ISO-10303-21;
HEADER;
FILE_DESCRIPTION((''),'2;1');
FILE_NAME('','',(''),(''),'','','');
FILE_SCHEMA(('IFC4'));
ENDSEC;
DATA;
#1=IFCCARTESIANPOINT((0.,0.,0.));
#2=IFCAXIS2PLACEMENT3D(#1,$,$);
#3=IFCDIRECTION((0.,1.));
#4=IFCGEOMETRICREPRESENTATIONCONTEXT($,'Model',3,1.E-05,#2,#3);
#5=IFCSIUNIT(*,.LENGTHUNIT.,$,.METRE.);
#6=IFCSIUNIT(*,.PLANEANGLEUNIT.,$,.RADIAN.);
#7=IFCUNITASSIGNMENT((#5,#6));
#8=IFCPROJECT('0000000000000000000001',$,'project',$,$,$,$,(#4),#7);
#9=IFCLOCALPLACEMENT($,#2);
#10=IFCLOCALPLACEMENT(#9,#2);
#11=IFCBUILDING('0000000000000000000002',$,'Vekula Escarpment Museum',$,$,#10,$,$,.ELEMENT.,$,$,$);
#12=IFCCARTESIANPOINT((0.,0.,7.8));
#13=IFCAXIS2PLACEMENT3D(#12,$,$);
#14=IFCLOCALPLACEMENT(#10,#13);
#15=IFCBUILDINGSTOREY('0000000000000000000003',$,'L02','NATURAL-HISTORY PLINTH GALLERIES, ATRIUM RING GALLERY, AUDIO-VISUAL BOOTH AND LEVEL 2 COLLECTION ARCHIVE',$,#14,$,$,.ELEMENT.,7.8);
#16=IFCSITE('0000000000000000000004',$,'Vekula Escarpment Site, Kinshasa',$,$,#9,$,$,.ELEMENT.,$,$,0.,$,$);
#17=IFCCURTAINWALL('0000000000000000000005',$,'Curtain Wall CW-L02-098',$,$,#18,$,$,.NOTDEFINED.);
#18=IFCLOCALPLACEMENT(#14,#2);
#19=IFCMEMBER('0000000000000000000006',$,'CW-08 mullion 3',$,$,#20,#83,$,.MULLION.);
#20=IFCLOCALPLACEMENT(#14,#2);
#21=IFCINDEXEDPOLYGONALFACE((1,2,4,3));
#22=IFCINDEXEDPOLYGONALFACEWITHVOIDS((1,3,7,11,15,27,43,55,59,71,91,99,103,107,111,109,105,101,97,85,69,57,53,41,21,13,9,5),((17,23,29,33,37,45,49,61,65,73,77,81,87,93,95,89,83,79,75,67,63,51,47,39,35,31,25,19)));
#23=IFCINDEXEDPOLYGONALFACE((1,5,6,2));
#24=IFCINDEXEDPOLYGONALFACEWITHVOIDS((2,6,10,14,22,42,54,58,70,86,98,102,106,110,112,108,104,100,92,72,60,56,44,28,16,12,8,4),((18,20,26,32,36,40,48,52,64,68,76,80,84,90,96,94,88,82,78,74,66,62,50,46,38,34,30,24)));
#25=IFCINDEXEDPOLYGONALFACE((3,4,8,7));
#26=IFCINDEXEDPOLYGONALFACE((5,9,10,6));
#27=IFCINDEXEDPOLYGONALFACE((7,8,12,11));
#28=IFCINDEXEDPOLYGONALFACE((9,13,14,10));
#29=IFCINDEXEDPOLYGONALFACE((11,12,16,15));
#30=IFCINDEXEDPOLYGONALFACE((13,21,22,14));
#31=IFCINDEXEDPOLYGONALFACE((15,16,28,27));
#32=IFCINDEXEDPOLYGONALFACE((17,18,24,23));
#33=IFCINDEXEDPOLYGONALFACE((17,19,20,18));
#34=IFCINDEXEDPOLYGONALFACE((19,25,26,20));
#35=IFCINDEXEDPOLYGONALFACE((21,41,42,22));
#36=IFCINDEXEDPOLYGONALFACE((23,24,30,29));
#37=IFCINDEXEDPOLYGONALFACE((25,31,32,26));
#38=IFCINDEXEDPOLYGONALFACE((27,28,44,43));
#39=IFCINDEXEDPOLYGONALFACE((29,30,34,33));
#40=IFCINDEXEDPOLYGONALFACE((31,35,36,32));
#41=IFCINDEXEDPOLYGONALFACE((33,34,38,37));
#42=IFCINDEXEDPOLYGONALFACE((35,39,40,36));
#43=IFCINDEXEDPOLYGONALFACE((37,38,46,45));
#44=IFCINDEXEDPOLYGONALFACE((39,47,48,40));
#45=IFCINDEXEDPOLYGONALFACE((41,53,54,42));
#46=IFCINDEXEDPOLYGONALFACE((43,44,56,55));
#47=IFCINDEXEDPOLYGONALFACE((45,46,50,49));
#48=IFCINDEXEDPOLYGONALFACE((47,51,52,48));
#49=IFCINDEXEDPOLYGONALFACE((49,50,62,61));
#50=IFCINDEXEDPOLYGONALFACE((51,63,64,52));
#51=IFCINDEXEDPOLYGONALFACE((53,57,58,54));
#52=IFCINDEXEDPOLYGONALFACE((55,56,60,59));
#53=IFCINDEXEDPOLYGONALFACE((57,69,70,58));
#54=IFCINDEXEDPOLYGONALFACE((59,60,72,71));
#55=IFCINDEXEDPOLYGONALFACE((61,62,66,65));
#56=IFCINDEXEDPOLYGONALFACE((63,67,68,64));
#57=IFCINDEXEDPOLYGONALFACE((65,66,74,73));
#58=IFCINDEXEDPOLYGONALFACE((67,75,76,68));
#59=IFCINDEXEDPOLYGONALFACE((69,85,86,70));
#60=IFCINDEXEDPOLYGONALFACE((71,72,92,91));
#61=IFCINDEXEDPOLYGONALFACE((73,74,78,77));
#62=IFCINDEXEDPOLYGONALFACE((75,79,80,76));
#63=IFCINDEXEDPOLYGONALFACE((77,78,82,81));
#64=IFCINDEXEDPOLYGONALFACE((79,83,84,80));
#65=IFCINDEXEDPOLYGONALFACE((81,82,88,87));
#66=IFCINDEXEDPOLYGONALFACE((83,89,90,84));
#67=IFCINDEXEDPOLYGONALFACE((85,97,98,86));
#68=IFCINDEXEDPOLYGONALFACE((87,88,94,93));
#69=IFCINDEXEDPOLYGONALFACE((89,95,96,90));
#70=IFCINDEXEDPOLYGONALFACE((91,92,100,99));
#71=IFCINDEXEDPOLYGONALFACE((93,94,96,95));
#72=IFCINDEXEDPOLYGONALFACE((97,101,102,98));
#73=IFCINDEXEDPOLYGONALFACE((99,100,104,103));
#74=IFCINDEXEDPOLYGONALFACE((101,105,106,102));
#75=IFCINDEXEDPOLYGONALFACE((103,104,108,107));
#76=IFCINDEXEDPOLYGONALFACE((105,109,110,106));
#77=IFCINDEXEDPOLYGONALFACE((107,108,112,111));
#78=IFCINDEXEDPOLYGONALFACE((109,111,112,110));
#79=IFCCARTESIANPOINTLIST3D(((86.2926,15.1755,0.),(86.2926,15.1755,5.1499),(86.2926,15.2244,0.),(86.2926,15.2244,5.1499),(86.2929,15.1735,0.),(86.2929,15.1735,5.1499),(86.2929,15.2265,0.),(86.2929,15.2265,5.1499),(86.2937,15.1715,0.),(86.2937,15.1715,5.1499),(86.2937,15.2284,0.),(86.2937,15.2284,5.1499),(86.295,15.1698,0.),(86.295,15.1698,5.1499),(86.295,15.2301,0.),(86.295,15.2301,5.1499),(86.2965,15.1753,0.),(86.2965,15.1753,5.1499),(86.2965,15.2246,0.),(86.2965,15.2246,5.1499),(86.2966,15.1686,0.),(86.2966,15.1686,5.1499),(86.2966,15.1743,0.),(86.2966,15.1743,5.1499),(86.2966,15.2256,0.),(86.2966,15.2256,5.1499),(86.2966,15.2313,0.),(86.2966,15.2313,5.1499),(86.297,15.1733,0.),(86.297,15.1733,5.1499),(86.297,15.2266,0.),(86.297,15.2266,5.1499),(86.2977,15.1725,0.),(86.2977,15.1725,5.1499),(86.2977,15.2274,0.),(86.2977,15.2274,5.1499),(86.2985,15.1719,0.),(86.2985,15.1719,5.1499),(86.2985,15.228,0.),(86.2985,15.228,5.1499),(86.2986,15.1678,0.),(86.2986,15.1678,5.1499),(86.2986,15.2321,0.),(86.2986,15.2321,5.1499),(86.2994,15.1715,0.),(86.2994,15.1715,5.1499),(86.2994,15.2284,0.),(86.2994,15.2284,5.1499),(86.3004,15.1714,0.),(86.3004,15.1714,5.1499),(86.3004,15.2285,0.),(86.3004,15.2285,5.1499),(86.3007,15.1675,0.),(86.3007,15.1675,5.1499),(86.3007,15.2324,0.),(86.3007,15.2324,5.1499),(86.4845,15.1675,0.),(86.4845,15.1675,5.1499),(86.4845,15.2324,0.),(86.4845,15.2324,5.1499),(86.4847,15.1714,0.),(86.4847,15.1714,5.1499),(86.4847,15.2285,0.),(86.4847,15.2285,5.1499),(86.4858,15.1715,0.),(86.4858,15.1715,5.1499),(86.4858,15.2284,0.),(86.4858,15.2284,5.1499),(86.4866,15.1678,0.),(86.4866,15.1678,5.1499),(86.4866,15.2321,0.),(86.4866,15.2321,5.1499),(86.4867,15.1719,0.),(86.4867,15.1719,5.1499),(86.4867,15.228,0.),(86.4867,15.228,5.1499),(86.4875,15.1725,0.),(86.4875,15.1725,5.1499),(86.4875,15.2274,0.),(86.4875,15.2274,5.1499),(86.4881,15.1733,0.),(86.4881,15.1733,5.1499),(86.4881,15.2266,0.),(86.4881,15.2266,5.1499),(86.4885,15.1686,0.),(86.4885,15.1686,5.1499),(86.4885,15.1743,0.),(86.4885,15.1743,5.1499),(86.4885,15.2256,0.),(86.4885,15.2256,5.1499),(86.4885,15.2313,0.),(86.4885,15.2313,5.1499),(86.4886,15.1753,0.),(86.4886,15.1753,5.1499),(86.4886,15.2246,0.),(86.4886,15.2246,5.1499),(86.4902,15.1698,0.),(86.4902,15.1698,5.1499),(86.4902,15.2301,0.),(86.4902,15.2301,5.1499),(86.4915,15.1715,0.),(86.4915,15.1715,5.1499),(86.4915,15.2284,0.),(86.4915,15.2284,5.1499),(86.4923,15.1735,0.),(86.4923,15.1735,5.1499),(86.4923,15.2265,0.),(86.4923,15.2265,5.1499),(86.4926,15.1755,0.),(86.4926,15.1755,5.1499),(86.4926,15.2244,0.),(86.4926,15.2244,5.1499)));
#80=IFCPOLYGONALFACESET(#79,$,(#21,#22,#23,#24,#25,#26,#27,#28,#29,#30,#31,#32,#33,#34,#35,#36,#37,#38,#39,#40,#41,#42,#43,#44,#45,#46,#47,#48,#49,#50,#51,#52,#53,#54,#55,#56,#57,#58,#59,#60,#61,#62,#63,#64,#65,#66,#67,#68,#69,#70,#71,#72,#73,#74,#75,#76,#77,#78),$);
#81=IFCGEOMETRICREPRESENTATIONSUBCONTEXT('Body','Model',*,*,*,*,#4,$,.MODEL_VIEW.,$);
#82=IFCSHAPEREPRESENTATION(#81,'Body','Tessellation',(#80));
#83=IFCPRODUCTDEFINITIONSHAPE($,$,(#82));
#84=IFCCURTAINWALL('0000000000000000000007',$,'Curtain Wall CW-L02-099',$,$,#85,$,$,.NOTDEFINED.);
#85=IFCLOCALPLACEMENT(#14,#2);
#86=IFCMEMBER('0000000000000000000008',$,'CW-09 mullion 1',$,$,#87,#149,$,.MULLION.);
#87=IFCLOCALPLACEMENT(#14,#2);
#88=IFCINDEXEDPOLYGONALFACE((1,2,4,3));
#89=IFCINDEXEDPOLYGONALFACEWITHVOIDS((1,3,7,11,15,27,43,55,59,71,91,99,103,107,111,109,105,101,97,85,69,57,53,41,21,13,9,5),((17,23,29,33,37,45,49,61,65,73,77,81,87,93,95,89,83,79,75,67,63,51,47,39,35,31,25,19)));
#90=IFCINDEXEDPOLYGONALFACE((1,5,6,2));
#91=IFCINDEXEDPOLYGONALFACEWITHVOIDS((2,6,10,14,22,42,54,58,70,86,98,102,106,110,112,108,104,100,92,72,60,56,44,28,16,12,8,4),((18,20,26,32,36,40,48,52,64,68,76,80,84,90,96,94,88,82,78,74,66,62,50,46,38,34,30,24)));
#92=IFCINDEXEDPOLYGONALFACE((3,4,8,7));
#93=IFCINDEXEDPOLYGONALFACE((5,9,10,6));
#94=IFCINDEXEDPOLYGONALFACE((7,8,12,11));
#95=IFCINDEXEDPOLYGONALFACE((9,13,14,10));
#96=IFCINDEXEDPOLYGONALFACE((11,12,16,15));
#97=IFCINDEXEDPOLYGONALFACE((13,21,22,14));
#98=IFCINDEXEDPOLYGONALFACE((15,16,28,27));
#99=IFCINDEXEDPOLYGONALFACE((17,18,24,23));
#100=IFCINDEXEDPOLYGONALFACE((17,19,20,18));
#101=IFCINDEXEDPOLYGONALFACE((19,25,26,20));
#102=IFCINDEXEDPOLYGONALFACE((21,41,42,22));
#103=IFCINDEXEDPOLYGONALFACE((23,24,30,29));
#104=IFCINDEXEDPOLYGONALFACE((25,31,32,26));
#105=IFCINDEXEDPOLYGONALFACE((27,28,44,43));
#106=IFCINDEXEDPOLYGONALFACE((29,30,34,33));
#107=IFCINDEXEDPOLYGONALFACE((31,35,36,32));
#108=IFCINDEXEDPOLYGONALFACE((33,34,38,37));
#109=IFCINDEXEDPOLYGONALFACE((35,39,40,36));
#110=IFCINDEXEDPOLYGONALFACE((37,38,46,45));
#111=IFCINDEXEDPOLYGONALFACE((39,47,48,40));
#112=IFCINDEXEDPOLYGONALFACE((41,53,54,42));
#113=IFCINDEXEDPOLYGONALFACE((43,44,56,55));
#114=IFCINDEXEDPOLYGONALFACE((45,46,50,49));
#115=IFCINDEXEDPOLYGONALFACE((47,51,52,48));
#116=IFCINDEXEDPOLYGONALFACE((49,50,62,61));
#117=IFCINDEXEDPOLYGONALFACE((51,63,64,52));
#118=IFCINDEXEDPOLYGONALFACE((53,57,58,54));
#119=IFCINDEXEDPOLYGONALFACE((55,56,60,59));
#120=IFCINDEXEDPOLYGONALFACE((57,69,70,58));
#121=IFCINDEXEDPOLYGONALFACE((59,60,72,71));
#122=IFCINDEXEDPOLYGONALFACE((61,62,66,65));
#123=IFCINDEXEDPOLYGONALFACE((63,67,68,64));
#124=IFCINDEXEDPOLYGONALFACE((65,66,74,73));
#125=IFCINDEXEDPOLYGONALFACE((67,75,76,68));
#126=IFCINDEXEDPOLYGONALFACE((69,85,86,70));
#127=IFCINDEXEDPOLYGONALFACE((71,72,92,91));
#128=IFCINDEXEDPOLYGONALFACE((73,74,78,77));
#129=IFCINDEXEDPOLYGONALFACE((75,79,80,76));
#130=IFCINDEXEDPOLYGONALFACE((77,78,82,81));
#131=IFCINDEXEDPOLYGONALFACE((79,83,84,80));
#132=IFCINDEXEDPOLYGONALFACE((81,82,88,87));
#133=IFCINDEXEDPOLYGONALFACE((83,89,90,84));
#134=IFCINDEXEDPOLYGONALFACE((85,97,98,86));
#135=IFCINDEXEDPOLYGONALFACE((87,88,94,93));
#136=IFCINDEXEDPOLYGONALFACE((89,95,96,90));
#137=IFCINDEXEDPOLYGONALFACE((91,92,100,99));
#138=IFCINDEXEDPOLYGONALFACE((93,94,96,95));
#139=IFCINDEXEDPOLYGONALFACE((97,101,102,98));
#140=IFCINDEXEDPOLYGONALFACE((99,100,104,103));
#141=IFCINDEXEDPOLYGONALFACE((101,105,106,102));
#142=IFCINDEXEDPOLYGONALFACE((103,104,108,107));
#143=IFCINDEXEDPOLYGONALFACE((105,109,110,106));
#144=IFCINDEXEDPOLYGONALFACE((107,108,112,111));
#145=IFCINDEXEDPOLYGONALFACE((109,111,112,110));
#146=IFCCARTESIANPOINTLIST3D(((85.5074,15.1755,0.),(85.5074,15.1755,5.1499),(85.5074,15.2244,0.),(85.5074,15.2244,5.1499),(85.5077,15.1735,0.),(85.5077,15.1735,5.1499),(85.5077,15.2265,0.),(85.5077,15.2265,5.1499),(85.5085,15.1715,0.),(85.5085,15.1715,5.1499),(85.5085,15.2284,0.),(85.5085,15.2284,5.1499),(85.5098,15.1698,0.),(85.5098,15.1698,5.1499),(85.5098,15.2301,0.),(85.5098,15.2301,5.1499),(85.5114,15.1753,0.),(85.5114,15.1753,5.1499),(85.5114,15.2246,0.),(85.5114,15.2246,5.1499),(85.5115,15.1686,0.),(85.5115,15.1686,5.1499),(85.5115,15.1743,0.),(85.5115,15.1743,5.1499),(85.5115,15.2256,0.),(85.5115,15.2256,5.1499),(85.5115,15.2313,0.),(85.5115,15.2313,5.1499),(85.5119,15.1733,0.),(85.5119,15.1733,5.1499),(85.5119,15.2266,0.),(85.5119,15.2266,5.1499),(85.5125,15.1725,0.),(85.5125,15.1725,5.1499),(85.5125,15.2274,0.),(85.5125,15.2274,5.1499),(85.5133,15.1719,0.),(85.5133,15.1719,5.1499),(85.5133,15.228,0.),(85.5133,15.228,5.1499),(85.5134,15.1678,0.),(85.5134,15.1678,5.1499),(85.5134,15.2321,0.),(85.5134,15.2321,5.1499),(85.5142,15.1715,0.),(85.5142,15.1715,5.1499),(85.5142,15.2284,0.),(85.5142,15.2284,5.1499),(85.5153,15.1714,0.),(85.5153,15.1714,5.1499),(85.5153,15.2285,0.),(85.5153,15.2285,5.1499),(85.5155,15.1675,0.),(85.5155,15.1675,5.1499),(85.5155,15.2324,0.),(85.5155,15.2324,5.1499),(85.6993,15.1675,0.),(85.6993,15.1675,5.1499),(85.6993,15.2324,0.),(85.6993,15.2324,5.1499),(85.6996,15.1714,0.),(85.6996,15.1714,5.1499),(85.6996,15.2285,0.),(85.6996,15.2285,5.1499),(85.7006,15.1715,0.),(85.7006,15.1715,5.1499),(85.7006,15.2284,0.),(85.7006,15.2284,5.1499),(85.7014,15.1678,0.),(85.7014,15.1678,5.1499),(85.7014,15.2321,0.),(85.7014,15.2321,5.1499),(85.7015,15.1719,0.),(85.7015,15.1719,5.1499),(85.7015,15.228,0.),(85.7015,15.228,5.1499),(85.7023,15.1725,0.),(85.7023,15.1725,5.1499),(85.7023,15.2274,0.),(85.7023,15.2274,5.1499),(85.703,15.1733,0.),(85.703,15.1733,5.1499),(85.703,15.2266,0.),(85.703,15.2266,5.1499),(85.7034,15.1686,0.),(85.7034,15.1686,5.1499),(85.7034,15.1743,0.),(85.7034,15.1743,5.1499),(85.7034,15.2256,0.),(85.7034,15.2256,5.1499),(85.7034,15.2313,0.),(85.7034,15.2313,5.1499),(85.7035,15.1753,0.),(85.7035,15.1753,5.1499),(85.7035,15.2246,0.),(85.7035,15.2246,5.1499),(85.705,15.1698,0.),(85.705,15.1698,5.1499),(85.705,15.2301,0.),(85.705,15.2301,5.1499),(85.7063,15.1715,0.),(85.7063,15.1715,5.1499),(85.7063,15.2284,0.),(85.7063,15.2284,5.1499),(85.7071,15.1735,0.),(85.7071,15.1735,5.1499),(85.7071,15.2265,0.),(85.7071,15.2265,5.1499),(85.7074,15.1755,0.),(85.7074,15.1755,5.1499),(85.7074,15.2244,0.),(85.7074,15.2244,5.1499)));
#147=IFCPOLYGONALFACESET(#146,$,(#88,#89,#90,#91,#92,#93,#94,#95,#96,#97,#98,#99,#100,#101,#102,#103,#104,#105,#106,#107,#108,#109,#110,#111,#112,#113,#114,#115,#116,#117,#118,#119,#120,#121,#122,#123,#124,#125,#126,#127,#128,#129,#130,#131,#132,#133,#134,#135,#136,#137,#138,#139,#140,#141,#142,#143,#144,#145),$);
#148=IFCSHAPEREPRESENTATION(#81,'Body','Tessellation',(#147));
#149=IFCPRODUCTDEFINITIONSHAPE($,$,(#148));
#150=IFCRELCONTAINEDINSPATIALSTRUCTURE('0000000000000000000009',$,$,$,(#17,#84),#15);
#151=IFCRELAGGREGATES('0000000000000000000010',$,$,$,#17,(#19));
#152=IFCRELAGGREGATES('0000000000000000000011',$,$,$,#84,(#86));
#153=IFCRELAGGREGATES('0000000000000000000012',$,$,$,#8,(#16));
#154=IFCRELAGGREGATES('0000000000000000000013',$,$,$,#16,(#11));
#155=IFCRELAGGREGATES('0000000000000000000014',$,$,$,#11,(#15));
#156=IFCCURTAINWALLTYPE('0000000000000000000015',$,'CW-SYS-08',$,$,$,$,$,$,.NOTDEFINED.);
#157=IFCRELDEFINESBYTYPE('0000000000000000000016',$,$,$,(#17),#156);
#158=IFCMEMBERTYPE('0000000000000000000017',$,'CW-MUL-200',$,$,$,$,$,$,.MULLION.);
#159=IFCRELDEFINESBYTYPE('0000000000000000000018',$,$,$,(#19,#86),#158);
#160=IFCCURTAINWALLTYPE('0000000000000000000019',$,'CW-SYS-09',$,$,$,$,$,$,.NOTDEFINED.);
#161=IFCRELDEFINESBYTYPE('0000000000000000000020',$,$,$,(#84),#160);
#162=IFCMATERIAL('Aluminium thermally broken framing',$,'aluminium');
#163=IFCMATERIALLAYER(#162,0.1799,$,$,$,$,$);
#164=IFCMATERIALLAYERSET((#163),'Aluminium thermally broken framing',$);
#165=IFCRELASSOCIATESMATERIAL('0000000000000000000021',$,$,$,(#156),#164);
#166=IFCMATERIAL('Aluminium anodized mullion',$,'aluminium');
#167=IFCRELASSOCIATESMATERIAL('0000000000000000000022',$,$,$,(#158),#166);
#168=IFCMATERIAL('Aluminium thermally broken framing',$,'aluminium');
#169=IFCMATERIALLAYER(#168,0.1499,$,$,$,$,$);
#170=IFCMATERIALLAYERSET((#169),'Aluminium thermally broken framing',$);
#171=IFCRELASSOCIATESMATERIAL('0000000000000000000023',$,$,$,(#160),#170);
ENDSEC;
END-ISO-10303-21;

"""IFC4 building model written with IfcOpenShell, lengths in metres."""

from ifc_helpers import new_model, si_unit, direction, frame, origin, origin_2d, place, context, subcontext, project, spatial, hollow_rectangle, extrude, material, layer, layer_set, material_profile, profile_set, type_object, element, aggregate, save


model = new_model("IFC4")

# Units and contexts
model_context = context("Model", 3, precision=1e-05, world=origin(), true_north=direction((0.0, 1.0)))
body_context = subcontext(model_context, "Body", "Model", "MODEL_VIEW")
ifc_project = project(units=[si_unit("LENGTHUNIT", "METRE"), si_unit("PLANEANGLEUNIT", "RADIAN")], contexts=[model_context])

# Site, building, storey
site_placement = place(None, origin())
site = spatial("IfcSite", under=ifc_project, at=site_placement, Name="Vekula Escarpment Site, Kinshasa", CompositionType="ELEMENT", RefElevation=0.0)
building_placement = place(site_placement, origin())
building = spatial("IfcBuilding", under=site, at=building_placement, Name="Vekula Escarpment Museum", CompositionType="ELEMENT")
storey_placement = place(building_placement, frame((0.0, 0.0, 7.8)))
storey = spatial("IfcBuildingStorey", under=building, at=storey_placement, Name="L02", Description="NATURAL-HISTORY PLINTH GALLERIES, ATRIUM RING GALLERY, AUDIO-VISUAL BOOTH AND LEVEL 2 COLLECTION ARCHIVE", CompositionType="ELEMENT", Elevation=7.8)

# Curtain wall, member
ifc_material_1 = material(Name="Aluminium thermally broken framing", Category="aluminium")
ifc_layer_1 = layer(ifc_material_1, 0.1799)
ifc_layer_set_1 = layer_set([ifc_layer_1], Name="Aluminium thermally broken framing")
curtain_wall_type_1 = type_object("IfcCurtainWallType", Name="CW-SYS-08", PredefinedType="NOTDEFINED", material=ifc_layer_set_1)
curtain_wall_1_placement = place(storey_placement, origin())
curtain_wall_1 = element("IfcCurtainWall", 1, at=curtain_wall_1_placement, inside=storey, type_object=curtain_wall_type_1, Name="Curtain Wall CW-L02-098", PredefinedType="NOTDEFINED")
ifc_material_2 = material(Name="Aluminium anodized mullion", Category="aluminium")
ifc_material_profile_1 = material_profile(ifc_material_2, hollow_rectangle(XDim=0.0649, YDim=0.2, WallThickness=0.0039, InnerFilletRadius=0.0039, OuterFilletRadius=0.0081, at=origin_2d()), Name="ALU 200x65x4")
ifc_profile_set_1 = profile_set([ifc_material_profile_1], Name="Aluminium anodized mullion")
member_type_1 = type_object("IfcMemberType", Name="CW-MUL-200", PredefinedType="MULLION", material=ifc_profile_set_1)
member_1_placement = place(storey_placement, frame((86.3926, 15.2, 0.0), z_axis=(0.0, 0.0, 1.0), x_axis=(0.0, -1.0, 0.0)))
member_1 = element("IfcMember", 2, at=member_1_placement, type_object=member_type_1, Name="CW-08 mullion 3", PredefinedType="MULLION", context=body_context, shape_type="SweptSolid", body=[
    extrude(hollow_rectangle(XDim=0.0649, YDim=0.2, WallThickness=0.0039, InnerFilletRadius=0.0039, OuterFilletRadius=0.0081, at=origin_2d()), origin(), (0.0, 0.0, 1.0), 5.1499),
])

# Curtain wall, member
ifc_material_3 = material(Name="Aluminium thermally broken framing", Category="aluminium")
ifc_layer_2 = layer(ifc_material_3, 0.1499)
ifc_layer_set_2 = layer_set([ifc_layer_2], Name="Aluminium thermally broken framing")
curtain_wall_type_2 = type_object("IfcCurtainWallType", Name="CW-SYS-09", PredefinedType="NOTDEFINED", material=ifc_layer_set_2)
curtain_wall_2_placement = place(storey_placement, origin())
curtain_wall_2 = element("IfcCurtainWall", 3, at=curtain_wall_2_placement, inside=storey, type_object=curtain_wall_type_2, Name="Curtain Wall CW-L02-099", PredefinedType="NOTDEFINED")
member_2_placement = place(storey_placement, frame((85.6074, 15.2, 0.0), z_axis=(0.0, 0.0, 1.0), x_axis=(0.0, -1.0, 0.0)))
member_2 = element("IfcMember", 4, at=member_2_placement, type_object=member_type_1, Name="CW-09 mullion 1", PredefinedType="MULLION", context=body_context, shape_type="SweptSolid", body=[
    extrude(hollow_rectangle(XDim=0.0649, YDim=0.2, WallThickness=0.0039, InnerFilletRadius=0.0039, OuterFilletRadius=0.0081, at=origin_2d()), origin(), (0.0, 0.0, 1.0), 5.1499),
])

aggregate(curtain_wall_1, [member_1])
aggregate(curtain_wall_2, [member_2])

save(model, "model.ifc")
